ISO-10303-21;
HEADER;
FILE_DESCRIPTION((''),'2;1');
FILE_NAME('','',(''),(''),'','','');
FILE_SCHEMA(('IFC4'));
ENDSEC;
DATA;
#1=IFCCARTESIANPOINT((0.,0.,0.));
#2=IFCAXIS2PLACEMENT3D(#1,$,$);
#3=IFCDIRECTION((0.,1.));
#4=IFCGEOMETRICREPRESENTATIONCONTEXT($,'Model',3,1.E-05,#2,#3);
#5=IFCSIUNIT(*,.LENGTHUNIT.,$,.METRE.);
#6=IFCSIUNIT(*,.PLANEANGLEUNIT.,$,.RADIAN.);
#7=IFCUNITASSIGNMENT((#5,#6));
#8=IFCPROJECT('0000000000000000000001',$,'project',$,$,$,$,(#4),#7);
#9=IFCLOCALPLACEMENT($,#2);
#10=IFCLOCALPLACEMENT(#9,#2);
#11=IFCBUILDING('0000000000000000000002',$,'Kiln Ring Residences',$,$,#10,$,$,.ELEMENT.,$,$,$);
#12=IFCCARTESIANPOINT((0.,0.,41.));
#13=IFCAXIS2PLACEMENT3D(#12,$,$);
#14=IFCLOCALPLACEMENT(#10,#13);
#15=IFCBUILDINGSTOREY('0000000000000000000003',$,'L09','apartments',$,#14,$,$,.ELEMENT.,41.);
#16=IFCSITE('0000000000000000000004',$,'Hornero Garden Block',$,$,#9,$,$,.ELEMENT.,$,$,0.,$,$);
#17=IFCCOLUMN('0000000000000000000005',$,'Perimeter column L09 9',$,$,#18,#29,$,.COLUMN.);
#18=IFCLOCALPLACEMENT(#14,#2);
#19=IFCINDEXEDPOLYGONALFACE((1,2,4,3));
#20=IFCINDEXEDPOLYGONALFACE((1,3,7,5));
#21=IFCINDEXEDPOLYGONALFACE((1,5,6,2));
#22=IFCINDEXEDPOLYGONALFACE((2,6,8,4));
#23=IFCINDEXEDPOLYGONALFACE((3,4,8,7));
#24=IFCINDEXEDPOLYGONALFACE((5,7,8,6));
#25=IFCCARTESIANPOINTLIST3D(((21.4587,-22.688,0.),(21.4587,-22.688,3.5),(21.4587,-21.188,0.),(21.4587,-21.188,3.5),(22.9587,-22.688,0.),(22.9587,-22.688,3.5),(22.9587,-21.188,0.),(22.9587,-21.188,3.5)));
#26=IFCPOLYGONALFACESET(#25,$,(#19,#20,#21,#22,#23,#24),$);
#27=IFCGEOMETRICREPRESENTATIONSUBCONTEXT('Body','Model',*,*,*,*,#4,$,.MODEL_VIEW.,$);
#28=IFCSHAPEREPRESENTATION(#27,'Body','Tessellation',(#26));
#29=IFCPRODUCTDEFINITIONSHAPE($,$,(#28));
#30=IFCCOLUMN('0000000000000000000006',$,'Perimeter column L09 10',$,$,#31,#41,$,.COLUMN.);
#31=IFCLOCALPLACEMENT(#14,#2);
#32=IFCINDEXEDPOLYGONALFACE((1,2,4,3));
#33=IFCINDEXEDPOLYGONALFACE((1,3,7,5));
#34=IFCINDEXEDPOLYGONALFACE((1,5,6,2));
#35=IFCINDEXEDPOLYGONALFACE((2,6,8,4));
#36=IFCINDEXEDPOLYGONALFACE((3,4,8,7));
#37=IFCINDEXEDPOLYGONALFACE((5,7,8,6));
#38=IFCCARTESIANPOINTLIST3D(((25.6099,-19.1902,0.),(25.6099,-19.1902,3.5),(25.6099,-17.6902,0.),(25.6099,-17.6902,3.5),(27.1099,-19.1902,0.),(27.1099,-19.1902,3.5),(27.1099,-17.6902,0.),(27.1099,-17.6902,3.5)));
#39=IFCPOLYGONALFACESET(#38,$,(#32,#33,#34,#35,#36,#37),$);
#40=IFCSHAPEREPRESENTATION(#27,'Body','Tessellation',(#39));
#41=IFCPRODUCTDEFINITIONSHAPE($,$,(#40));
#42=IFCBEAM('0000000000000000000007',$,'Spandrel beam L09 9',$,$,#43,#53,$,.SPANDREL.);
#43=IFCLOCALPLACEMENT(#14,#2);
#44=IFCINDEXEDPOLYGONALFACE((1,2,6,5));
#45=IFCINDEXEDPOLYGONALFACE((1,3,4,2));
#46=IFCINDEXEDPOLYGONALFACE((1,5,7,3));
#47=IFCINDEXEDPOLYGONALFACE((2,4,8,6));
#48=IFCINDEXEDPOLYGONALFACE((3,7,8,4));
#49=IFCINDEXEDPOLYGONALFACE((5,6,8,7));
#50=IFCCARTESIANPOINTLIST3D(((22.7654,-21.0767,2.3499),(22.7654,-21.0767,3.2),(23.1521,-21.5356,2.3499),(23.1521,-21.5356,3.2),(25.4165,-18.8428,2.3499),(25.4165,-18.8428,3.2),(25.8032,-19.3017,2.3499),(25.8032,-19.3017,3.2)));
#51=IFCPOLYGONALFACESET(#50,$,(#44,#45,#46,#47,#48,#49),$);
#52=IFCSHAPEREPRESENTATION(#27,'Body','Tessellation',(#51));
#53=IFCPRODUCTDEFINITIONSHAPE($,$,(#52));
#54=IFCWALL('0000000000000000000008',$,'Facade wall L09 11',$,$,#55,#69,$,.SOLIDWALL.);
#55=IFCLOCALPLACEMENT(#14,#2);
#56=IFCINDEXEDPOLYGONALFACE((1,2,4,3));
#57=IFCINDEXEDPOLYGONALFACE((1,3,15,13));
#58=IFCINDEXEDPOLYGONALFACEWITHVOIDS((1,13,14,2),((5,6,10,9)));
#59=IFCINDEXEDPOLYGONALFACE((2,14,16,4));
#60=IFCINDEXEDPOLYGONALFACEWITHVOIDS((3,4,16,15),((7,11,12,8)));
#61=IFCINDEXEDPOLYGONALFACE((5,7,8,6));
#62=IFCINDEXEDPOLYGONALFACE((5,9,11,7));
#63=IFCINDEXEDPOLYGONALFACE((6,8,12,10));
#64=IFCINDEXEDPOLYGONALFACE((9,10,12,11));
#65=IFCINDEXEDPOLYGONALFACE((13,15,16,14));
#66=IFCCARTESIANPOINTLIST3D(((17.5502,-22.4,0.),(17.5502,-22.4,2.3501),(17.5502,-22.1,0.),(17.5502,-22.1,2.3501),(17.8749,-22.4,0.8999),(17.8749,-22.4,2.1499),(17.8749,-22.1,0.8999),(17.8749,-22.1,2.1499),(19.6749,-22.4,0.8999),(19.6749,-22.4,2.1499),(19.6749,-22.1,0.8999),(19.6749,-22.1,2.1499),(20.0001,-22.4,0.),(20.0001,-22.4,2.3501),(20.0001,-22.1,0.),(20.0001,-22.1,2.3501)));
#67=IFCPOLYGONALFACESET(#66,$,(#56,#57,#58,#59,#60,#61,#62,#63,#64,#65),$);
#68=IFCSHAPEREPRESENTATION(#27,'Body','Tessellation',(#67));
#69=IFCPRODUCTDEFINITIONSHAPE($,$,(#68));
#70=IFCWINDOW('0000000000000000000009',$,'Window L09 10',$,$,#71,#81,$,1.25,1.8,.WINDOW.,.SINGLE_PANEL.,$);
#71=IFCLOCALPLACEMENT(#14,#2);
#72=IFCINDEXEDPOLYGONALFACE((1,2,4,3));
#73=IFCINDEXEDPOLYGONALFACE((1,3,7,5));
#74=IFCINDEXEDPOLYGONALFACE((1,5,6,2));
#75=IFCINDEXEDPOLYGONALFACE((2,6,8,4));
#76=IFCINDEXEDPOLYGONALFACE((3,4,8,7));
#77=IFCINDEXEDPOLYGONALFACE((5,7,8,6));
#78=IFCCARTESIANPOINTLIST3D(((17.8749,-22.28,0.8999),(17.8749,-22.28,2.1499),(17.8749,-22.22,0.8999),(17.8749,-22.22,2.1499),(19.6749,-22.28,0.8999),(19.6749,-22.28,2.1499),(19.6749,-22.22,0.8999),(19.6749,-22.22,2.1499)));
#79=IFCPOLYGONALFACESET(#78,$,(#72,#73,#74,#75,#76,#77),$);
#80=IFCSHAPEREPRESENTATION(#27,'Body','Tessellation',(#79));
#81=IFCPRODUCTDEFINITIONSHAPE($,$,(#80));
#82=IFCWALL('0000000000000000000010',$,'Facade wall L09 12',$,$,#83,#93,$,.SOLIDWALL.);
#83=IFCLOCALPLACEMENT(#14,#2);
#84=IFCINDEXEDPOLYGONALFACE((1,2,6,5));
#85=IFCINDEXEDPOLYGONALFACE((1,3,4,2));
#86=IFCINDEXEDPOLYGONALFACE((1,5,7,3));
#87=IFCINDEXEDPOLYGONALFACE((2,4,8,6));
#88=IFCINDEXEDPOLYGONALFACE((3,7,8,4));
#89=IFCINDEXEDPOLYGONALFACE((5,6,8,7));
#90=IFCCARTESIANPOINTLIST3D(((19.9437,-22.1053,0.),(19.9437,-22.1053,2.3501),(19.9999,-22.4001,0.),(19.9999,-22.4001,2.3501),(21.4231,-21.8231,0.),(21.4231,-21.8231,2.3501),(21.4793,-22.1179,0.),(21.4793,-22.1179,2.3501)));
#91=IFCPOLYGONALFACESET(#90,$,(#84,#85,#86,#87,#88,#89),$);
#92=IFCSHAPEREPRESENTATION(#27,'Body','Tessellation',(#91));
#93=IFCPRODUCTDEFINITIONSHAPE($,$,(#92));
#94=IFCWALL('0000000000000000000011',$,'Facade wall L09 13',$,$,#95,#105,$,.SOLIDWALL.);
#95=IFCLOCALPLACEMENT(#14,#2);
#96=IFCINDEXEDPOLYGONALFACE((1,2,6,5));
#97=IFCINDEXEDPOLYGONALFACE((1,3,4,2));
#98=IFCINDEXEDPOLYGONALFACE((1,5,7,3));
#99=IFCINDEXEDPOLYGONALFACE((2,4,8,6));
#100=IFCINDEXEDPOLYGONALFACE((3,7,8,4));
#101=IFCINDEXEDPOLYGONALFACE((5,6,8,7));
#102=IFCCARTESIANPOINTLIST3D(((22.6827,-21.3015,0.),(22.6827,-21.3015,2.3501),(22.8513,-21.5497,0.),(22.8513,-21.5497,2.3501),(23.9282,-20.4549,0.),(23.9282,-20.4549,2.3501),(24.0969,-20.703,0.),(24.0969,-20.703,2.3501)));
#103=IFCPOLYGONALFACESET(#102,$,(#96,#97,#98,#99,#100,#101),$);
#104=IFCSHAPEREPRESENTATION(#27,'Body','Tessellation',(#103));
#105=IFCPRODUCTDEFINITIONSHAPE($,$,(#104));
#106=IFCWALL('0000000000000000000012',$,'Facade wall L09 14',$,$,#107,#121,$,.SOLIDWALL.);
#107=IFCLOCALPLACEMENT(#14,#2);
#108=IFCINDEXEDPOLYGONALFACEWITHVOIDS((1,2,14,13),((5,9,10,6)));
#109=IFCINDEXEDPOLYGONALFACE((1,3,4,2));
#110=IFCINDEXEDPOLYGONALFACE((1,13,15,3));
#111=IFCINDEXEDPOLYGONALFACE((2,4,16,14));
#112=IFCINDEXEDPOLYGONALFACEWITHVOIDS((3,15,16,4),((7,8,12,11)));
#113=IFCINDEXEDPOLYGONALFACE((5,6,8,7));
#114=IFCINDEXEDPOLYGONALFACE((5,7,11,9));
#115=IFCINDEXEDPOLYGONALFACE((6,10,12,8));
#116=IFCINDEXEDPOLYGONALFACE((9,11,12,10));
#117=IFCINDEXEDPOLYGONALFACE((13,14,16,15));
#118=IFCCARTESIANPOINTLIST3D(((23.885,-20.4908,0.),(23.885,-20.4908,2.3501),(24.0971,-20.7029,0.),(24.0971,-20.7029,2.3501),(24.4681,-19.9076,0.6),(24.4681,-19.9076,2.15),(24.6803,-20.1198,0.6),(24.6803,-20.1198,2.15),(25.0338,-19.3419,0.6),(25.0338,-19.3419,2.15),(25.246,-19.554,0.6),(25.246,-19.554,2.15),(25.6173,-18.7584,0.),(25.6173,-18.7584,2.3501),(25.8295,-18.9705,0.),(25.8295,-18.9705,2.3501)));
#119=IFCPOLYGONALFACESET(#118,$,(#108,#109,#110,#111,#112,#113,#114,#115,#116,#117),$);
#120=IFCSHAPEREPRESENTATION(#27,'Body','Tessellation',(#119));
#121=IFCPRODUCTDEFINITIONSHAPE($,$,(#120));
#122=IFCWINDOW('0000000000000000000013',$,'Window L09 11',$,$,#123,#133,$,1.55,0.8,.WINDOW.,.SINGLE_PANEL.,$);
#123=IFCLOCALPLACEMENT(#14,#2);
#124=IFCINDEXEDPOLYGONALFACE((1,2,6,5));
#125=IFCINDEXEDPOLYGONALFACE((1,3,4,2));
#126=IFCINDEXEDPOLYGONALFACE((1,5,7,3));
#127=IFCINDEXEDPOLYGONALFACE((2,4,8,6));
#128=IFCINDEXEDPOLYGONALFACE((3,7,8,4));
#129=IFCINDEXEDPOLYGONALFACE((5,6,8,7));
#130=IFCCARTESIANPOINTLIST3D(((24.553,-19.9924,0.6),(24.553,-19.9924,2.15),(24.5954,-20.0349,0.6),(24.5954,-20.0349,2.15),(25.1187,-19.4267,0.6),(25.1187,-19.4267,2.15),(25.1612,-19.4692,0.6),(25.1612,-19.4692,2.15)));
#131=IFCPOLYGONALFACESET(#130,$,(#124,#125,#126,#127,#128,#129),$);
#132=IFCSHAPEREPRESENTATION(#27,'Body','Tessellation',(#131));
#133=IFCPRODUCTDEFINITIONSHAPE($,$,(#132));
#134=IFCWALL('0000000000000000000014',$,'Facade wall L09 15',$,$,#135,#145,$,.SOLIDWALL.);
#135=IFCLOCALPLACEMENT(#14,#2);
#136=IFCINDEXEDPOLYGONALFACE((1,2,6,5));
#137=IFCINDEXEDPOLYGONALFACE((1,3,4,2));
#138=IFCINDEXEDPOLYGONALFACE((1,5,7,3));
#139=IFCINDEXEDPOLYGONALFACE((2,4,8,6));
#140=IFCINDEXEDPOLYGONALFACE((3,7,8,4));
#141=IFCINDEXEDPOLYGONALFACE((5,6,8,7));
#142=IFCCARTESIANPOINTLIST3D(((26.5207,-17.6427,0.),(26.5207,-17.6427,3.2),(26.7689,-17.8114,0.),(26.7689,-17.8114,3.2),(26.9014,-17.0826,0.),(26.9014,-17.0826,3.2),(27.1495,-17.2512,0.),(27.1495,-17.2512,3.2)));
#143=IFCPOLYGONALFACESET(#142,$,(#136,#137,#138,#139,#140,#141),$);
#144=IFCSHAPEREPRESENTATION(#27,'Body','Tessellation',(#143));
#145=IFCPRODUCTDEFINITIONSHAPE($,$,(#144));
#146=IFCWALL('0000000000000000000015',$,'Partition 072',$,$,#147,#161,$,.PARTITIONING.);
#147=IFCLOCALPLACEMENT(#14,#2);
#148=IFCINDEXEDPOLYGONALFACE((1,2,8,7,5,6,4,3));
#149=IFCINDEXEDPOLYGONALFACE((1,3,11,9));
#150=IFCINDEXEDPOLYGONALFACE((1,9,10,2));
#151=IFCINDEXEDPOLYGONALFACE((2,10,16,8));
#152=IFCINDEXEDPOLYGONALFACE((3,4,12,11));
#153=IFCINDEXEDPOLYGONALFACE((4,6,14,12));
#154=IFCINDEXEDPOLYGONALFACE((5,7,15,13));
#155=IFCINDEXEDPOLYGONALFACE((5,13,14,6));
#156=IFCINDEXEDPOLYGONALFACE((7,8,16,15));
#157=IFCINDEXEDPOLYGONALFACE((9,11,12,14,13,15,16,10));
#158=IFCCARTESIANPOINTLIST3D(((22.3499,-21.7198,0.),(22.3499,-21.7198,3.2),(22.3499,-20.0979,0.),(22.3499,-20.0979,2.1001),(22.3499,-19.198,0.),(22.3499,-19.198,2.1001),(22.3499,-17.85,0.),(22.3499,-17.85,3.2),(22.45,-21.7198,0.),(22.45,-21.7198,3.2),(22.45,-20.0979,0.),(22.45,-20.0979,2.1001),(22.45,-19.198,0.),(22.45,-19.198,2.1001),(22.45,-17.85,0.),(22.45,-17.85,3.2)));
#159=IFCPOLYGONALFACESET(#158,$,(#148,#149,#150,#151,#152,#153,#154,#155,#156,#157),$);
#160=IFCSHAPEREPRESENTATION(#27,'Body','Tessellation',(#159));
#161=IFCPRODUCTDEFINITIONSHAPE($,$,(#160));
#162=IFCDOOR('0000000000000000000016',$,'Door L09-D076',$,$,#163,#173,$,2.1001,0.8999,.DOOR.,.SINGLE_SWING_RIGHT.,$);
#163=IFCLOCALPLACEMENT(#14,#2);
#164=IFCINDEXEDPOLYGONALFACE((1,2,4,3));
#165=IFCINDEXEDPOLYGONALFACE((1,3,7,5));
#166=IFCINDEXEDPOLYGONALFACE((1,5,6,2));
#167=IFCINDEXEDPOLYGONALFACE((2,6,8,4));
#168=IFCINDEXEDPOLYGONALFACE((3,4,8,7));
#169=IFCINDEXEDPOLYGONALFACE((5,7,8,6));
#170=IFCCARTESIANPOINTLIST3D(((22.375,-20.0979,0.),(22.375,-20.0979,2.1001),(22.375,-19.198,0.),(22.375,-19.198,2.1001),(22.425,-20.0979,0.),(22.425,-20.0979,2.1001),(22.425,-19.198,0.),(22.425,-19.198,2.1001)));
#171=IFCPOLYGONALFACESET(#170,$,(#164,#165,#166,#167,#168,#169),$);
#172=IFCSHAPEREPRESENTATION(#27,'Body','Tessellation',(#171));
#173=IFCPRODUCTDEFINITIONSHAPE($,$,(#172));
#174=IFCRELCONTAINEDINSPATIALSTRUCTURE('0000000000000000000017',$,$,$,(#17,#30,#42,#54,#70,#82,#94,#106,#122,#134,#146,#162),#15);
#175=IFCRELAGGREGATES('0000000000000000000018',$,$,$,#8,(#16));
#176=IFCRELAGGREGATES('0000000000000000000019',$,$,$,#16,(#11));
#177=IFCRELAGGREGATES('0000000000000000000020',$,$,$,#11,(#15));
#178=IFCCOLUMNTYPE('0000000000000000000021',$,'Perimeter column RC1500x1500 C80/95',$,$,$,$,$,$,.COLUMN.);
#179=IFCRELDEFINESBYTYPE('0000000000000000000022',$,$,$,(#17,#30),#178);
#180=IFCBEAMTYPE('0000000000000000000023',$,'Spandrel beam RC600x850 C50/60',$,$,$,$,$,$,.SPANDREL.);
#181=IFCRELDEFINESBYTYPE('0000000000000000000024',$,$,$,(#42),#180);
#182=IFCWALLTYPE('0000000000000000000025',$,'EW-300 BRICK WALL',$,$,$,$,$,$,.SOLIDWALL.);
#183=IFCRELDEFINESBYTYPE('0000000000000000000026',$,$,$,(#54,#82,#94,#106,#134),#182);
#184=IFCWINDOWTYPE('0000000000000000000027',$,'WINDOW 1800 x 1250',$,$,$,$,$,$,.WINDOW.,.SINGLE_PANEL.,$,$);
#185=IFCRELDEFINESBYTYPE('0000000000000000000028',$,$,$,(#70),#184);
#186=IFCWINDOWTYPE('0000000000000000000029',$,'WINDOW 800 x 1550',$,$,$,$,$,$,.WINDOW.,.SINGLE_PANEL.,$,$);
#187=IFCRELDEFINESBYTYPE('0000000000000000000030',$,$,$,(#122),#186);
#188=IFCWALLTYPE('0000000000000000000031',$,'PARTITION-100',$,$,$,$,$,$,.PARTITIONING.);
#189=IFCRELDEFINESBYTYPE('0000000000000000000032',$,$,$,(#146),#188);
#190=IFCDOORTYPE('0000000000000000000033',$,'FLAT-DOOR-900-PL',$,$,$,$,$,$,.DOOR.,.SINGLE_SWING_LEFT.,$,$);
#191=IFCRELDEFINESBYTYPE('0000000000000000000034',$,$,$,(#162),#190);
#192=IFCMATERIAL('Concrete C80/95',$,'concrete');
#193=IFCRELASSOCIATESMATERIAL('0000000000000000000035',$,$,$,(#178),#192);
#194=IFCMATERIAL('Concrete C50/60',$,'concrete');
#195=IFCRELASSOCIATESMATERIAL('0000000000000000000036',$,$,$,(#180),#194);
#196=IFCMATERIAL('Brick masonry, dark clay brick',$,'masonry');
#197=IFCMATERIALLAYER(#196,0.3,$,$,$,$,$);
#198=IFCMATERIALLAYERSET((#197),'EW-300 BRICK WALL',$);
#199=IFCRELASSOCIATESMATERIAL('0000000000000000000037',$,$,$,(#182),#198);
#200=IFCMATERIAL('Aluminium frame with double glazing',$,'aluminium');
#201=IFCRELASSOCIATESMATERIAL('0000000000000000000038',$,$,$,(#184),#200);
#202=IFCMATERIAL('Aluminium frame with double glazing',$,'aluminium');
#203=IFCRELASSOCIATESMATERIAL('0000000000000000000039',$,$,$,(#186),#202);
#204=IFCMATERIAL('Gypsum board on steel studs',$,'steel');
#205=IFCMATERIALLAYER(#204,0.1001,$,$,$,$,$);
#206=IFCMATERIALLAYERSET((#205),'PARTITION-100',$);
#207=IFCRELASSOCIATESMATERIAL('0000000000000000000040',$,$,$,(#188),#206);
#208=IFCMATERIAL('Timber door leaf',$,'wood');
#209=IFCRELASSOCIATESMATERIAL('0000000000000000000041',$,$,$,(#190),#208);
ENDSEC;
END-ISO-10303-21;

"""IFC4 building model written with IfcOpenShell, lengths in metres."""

from ifc_helpers import new_model, si_unit, direction, frame, frame_2d, origin, origin_2d, place, context, subcontext, project, spatial, rectangle, extrude, material, layer, layer_set, material_profile, profile_set, type_object, element, fill, save


model = new_model("IFC4")

# Units and contexts
model_context = context("Model", 3, precision=1e-05, world=origin(), true_north=direction((0.0, 1.0)))
body_context = subcontext(model_context, "Body", "Model", "MODEL_VIEW")
ifc_project = project(units=[si_unit("LENGTHUNIT", "METRE"), si_unit("PLANEANGLEUNIT", "RADIAN")], contexts=[model_context])

# Site, building, storey
site_placement = place(None, origin())
site = spatial("IfcSite", under=ifc_project, at=site_placement, Name="Hornero Garden Block", CompositionType="ELEMENT", RefElevation=0.0)
building_placement = place(site_placement, origin())
building = spatial("IfcBuilding", under=site, at=building_placement, Name="Kiln Ring Residences", CompositionType="ELEMENT")
storey_placement = place(building_placement, frame((0.0, 0.0, 41.0)))
storey = spatial("IfcBuildingStorey", under=building, at=storey_placement, Name="L09", Description="apartments", CompositionType="ELEMENT", Elevation=41.0)

# Columns
ifc_material_1 = material(Name="Concrete C80/95", Category="concrete")
ifc_material_profile_1 = material_profile(ifc_material_1, rectangle(XDim=1.5, YDim=1.5, at=origin_2d()), Name="RC1500x1500")
ifc_profile_set_1 = profile_set([ifc_material_profile_1], Name="Concrete C80/95")
column_type = type_object("IfcColumnType", Name="Perimeter column RC1500x1500 C80/95", PredefinedType="COLUMN", material=ifc_profile_set_1)
for number, where, z_axis, x_axis, name in (
    (1, (22.2087, -21.938, 0.0), (0.0, 0.0, 1.0), (1.0, 0.0, 0.0), "Perimeter column L09 9"),
    (2, (26.3599, -18.4402, 0.0), (0.0, 0.0, 1.0), (1.0, 0.0, 0.0), "Perimeter column L09 10"),
):
    element("IfcColumn", number, at=place(storey_placement, frame(where, z_axis=z_axis, x_axis=x_axis)), inside=storey, type_object=column_type, Name=name, PredefinedType="COLUMN", context=body_context, shape_type="SweptSolid", body=[
        extrude(rectangle(XDim=1.5, YDim=1.5, at=origin_2d()), origin(), (0.0, 0.0, 1.0), 3.5),
    ])

# Beam
ifc_material_2 = material(Name="Concrete C50/60", Category="concrete")
ifc_material_profile_2 = material_profile(ifc_material_2, rectangle(XDim=0.6001, YDim=0.8501, at=origin_2d()), Name="RC600x850")
ifc_profile_set_2 = profile_set([ifc_material_profile_2], Name="Concrete C50/60")
beam_type = type_object("IfcBeamType", Name="Spandrel beam RC600x850 C50/60", PredefinedType="SPANDREL", material=ifc_profile_set_2)
beam_placement = place(storey_placement, frame((22.9587, -21.3062, 2.7749), z_axis=(0.764718, 0.644366, 0.0), x_axis=(-0.644366, 0.764718, 0.0)))
element("IfcBeam", 3, at=beam_placement, inside=storey, type_object=beam_type, Name="Spandrel beam L09 9", PredefinedType="SPANDREL", context=body_context, shape_type="SweptSolid", body=[
    extrude(rectangle(XDim=0.6001, YDim=0.8501, at=origin_2d()), origin(), (0.0, 0.0, 1.0), 3.4668),
])

# Wall, opening, window
ifc_material_3 = material(Name="Brick masonry, dark clay brick", Category="masonry")
ifc_layer_1 = layer(ifc_material_3, 0.3)
ifc_layer_set_1 = layer_set([ifc_layer_1], Name="EW-300 BRICK WALL")
wall_type_1 = type_object("IfcWallType", Name="EW-300 BRICK WALL", PredefinedType="SOLIDWALL", material=ifc_layer_set_1)
wall_1_placement = place(storey_placement, frame((17.55, -22.25, 0.0), z_axis=(0.0, 0.0, 1.0), x_axis=(1.0, 0.0, 0.0)))
wall_1 = element("IfcWall", 4, at=wall_1_placement, inside=storey, type_object=wall_type_1, Name="Facade wall L09 11", PredefinedType="SOLIDWALL", context=body_context, shape_type="SweptSolid", body=[
    extrude(rectangle(XDim=2.45, YDim=0.3, at=frame_2d((1.2251, 0.0))), origin(), (0.0, 0.0, 1.0), 2.3501),
])
opening_1_placement = place(wall_1_placement, frame((0.325, 0.0, 0.8999)))
opening_1 = element("IfcOpeningElement", 5, at=opening_1_placement, cuts=wall_1, PredefinedType="OPENING", context=body_context, shape_type="SweptSolid", body=[
    extrude(rectangle(XDim=1.8, YDim=1.25, at=frame_2d((0.8999, 0.625))), frame((0.0, 0.1599, 0.0), z_axis=(0.0, -1.0, 0.0), x_axis=(1.0, 0.0, 0.0)), (0.0, 0.0, 1.0), 0.3201),
])
ifc_material_4 = material(Name="Aluminium frame with double glazing", Category="aluminium")
window_type_1 = type_object("IfcWindowType", Name="WINDOW 1800 x 1250", PartitioningType="SINGLE_PANEL", PredefinedType="WINDOW", material=ifc_material_4)
window_1_placement = place(opening_1_placement, origin())
window_1 = element("IfcWindow", 6, at=window_1_placement, inside=storey, type_object=window_type_1, Name="Window L09 10", OverallHeight=1.25, OverallWidth=1.8, PartitioningType="SINGLE_PANEL", PredefinedType="WINDOW", context=body_context, shape_type="SweptSolid", body=[
    extrude(rectangle(XDim=1.8, YDim=1.25, at=frame_2d((0.8999, 0.625))), frame((0.0, 0.03, 0.0), z_axis=(0.0, -1.0, 0.0), x_axis=(1.0, 0.0, 0.0)), (0.0, 0.0, 1.0), 0.0601),
])
fill(opening_1, window_1)

# Walls
for number, where, z_axis, x_axis, name in (
    (7, (19.9719, -22.2527, 0.0), (0.0, 0.0, 1.0), (0.982287, 0.18738, 0.0), "Facade wall L09 12"),
    (8, (22.7671, -21.4255, 0.0), (0.0, 0.0, 1.0), (0.827029, 0.562159, 0.0), "Facade wall L09 13"),
):
    element("IfcWall", number, at=place(storey_placement, frame(where, z_axis=z_axis, x_axis=x_axis)), inside=storey, type_object=wall_type_1, Name=name, PredefinedType="SOLIDWALL", context=body_context, shape_type="SweptSolid", body=[
        extrude(rectangle(XDim=1.5061, YDim=0.3, at=frame_2d((0.7529, 0.0))), origin(), (0.0, 0.0, 1.0), 2.3501),
    ])

# Wall, opening, window
wall_2_placement = place(storey_placement, frame((23.991, -20.5969, 0.0), z_axis=(0.0, 0.0, 1.0), x_axis=(0.707107, 0.707107, 0.0)))
wall_2 = element("IfcWall", 9, at=wall_2_placement, inside=storey, type_object=wall_type_1, Name="Facade wall L09 14", PredefinedType="SOLIDWALL", context=body_context, shape_type="SweptSolid", body=[
    extrude(rectangle(XDim=2.45, YDim=0.3, at=frame_2d((1.2251, 0.0))), origin(), (0.0, 0.0, 1.0), 2.3501),
])
opening_2_placement = place(wall_2_placement, frame((0.825, 0.0, 0.6001)))
opening_2 = element("IfcOpeningElement", 10, at=opening_2_placement, cuts=wall_2, PredefinedType="OPENING", context=body_context, shape_type="SweptSolid", body=[
    extrude(rectangle(XDim=0.8, YDim=1.55, at=frame_2d((0.3999, 0.7749))), frame((0.0, 0.1599, 0.0), z_axis=(0.0, -1.0, 0.0), x_axis=(1.0, 0.0, 0.0)), (0.0, 0.0, 1.0), 0.3201),
])
ifc_material_5 = material(Name="Aluminium frame with double glazing", Category="aluminium")
window_type_2 = type_object("IfcWindowType", Name="WINDOW 800 x 1550", PartitioningType="SINGLE_PANEL", PredefinedType="WINDOW", material=ifc_material_5)
window_2_placement = place(opening_2_placement, origin())
window_2 = element("IfcWindow", 11, at=window_2_placement, inside=storey, type_object=window_type_2, Name="Window L09 11", OverallHeight=1.55, OverallWidth=0.8, PartitioningType="SINGLE_PANEL", PredefinedType="WINDOW", context=body_context, shape_type="SweptSolid", body=[
    extrude(rectangle(XDim=0.8, YDim=1.55, at=frame_2d((0.3999, 0.7749))), frame((0.0, 0.03, 0.0), z_axis=(0.0, -1.0, 0.0), x_axis=(1.0, 0.0, 0.0)), (0.0, 0.0, 1.0), 0.0601),
])
fill(opening_2, window_2)

# Wall
wall_3_placement = place(storey_placement, frame((26.6448, -17.7271, 0.0), z_axis=(0.0, 0.0, 1.0), x_axis=(0.562083, 0.827081, 0.0)))
element("IfcWall", 12, at=wall_3_placement, inside=storey, type_object=wall_type_1, Name="Facade wall L09 15", PredefinedType="SOLIDWALL", context=body_context, shape_type="SweptSolid", body=[
    extrude(rectangle(XDim=0.6772, YDim=0.3, at=frame_2d((0.3386, 0.0))), origin(), (0.0, 0.0, 1.0), 3.2),
])

# Wall, opening, door
ifc_material_6 = material(Name="Gypsum board on steel studs", Category="steel")
ifc_layer_2 = layer(ifc_material_6, 0.1001)
ifc_layer_set_2 = layer_set([ifc_layer_2], Name="PARTITION-100")
wall_type_2 = type_object("IfcWallType", Name="PARTITION-100", PredefinedType="PARTITIONING", material=ifc_layer_set_2)
wall_4_placement = place(storey_placement, frame((22.3999, -21.72, 0.0), z_axis=(0.0, 0.0, 1.0), x_axis=(0.0, 1.0, 0.0)))
wall_4 = element("IfcWall", 13, at=wall_4_placement, inside=storey, type_object=wall_type_2, Name="Partition 072", PredefinedType="PARTITIONING", context=body_context, shape_type="SweptSolid", body=[
    extrude(rectangle(XDim=3.8699, YDim=0.1001, at=frame_2d((1.9351, 0.0))), origin(), (0.0, 0.0, 1.0), 3.2),
])
opening_3_placement = place(wall_4_placement, frame((1.6221, 0.0, 0.0)))
opening_3 = element("IfcOpeningElement", 14, at=opening_3_placement, cuts=wall_4, PredefinedType="OPENING", context=body_context, shape_type="SweptSolid", body=[
    extrude(rectangle(XDim=0.8999, YDim=2.1001, at=frame_2d((0.45, 1.05))), frame((0.0, 0.0601, 0.0), z_axis=(0.0, -1.0, 0.0), x_axis=(1.0, 0.0, 0.0)), (0.0, 0.0, 1.0), 0.1201),
])
ifc_material_7 = material(Name="Timber door leaf", Category="wood")
door_type = type_object("IfcDoorType", Name="FLAT-DOOR-900-PL", OperationType="SINGLE_SWING_LEFT", PredefinedType="DOOR", material=ifc_material_7)
door_placement = place(opening_3_placement, origin())
door = element("IfcDoor", 15, at=door_placement, inside=storey, type_object=door_type, Name="Door L09-D076", OperationType="SINGLE_SWING_RIGHT", OverallHeight=2.1001, OverallWidth=0.8999, PredefinedType="DOOR", context=body_context, shape_type="SweptSolid", body=[
    extrude(rectangle(XDim=0.8999, YDim=2.1001, at=frame_2d((0.45, 1.05))), frame((0.0, 0.0249, 0.0), z_axis=(0.0, -1.0, 0.0), x_axis=(1.0, 0.0, 0.0)), (0.0, 0.0, 1.0), 0.05),
])
fill(opening_3, door)

save(model, "model.ifc")
